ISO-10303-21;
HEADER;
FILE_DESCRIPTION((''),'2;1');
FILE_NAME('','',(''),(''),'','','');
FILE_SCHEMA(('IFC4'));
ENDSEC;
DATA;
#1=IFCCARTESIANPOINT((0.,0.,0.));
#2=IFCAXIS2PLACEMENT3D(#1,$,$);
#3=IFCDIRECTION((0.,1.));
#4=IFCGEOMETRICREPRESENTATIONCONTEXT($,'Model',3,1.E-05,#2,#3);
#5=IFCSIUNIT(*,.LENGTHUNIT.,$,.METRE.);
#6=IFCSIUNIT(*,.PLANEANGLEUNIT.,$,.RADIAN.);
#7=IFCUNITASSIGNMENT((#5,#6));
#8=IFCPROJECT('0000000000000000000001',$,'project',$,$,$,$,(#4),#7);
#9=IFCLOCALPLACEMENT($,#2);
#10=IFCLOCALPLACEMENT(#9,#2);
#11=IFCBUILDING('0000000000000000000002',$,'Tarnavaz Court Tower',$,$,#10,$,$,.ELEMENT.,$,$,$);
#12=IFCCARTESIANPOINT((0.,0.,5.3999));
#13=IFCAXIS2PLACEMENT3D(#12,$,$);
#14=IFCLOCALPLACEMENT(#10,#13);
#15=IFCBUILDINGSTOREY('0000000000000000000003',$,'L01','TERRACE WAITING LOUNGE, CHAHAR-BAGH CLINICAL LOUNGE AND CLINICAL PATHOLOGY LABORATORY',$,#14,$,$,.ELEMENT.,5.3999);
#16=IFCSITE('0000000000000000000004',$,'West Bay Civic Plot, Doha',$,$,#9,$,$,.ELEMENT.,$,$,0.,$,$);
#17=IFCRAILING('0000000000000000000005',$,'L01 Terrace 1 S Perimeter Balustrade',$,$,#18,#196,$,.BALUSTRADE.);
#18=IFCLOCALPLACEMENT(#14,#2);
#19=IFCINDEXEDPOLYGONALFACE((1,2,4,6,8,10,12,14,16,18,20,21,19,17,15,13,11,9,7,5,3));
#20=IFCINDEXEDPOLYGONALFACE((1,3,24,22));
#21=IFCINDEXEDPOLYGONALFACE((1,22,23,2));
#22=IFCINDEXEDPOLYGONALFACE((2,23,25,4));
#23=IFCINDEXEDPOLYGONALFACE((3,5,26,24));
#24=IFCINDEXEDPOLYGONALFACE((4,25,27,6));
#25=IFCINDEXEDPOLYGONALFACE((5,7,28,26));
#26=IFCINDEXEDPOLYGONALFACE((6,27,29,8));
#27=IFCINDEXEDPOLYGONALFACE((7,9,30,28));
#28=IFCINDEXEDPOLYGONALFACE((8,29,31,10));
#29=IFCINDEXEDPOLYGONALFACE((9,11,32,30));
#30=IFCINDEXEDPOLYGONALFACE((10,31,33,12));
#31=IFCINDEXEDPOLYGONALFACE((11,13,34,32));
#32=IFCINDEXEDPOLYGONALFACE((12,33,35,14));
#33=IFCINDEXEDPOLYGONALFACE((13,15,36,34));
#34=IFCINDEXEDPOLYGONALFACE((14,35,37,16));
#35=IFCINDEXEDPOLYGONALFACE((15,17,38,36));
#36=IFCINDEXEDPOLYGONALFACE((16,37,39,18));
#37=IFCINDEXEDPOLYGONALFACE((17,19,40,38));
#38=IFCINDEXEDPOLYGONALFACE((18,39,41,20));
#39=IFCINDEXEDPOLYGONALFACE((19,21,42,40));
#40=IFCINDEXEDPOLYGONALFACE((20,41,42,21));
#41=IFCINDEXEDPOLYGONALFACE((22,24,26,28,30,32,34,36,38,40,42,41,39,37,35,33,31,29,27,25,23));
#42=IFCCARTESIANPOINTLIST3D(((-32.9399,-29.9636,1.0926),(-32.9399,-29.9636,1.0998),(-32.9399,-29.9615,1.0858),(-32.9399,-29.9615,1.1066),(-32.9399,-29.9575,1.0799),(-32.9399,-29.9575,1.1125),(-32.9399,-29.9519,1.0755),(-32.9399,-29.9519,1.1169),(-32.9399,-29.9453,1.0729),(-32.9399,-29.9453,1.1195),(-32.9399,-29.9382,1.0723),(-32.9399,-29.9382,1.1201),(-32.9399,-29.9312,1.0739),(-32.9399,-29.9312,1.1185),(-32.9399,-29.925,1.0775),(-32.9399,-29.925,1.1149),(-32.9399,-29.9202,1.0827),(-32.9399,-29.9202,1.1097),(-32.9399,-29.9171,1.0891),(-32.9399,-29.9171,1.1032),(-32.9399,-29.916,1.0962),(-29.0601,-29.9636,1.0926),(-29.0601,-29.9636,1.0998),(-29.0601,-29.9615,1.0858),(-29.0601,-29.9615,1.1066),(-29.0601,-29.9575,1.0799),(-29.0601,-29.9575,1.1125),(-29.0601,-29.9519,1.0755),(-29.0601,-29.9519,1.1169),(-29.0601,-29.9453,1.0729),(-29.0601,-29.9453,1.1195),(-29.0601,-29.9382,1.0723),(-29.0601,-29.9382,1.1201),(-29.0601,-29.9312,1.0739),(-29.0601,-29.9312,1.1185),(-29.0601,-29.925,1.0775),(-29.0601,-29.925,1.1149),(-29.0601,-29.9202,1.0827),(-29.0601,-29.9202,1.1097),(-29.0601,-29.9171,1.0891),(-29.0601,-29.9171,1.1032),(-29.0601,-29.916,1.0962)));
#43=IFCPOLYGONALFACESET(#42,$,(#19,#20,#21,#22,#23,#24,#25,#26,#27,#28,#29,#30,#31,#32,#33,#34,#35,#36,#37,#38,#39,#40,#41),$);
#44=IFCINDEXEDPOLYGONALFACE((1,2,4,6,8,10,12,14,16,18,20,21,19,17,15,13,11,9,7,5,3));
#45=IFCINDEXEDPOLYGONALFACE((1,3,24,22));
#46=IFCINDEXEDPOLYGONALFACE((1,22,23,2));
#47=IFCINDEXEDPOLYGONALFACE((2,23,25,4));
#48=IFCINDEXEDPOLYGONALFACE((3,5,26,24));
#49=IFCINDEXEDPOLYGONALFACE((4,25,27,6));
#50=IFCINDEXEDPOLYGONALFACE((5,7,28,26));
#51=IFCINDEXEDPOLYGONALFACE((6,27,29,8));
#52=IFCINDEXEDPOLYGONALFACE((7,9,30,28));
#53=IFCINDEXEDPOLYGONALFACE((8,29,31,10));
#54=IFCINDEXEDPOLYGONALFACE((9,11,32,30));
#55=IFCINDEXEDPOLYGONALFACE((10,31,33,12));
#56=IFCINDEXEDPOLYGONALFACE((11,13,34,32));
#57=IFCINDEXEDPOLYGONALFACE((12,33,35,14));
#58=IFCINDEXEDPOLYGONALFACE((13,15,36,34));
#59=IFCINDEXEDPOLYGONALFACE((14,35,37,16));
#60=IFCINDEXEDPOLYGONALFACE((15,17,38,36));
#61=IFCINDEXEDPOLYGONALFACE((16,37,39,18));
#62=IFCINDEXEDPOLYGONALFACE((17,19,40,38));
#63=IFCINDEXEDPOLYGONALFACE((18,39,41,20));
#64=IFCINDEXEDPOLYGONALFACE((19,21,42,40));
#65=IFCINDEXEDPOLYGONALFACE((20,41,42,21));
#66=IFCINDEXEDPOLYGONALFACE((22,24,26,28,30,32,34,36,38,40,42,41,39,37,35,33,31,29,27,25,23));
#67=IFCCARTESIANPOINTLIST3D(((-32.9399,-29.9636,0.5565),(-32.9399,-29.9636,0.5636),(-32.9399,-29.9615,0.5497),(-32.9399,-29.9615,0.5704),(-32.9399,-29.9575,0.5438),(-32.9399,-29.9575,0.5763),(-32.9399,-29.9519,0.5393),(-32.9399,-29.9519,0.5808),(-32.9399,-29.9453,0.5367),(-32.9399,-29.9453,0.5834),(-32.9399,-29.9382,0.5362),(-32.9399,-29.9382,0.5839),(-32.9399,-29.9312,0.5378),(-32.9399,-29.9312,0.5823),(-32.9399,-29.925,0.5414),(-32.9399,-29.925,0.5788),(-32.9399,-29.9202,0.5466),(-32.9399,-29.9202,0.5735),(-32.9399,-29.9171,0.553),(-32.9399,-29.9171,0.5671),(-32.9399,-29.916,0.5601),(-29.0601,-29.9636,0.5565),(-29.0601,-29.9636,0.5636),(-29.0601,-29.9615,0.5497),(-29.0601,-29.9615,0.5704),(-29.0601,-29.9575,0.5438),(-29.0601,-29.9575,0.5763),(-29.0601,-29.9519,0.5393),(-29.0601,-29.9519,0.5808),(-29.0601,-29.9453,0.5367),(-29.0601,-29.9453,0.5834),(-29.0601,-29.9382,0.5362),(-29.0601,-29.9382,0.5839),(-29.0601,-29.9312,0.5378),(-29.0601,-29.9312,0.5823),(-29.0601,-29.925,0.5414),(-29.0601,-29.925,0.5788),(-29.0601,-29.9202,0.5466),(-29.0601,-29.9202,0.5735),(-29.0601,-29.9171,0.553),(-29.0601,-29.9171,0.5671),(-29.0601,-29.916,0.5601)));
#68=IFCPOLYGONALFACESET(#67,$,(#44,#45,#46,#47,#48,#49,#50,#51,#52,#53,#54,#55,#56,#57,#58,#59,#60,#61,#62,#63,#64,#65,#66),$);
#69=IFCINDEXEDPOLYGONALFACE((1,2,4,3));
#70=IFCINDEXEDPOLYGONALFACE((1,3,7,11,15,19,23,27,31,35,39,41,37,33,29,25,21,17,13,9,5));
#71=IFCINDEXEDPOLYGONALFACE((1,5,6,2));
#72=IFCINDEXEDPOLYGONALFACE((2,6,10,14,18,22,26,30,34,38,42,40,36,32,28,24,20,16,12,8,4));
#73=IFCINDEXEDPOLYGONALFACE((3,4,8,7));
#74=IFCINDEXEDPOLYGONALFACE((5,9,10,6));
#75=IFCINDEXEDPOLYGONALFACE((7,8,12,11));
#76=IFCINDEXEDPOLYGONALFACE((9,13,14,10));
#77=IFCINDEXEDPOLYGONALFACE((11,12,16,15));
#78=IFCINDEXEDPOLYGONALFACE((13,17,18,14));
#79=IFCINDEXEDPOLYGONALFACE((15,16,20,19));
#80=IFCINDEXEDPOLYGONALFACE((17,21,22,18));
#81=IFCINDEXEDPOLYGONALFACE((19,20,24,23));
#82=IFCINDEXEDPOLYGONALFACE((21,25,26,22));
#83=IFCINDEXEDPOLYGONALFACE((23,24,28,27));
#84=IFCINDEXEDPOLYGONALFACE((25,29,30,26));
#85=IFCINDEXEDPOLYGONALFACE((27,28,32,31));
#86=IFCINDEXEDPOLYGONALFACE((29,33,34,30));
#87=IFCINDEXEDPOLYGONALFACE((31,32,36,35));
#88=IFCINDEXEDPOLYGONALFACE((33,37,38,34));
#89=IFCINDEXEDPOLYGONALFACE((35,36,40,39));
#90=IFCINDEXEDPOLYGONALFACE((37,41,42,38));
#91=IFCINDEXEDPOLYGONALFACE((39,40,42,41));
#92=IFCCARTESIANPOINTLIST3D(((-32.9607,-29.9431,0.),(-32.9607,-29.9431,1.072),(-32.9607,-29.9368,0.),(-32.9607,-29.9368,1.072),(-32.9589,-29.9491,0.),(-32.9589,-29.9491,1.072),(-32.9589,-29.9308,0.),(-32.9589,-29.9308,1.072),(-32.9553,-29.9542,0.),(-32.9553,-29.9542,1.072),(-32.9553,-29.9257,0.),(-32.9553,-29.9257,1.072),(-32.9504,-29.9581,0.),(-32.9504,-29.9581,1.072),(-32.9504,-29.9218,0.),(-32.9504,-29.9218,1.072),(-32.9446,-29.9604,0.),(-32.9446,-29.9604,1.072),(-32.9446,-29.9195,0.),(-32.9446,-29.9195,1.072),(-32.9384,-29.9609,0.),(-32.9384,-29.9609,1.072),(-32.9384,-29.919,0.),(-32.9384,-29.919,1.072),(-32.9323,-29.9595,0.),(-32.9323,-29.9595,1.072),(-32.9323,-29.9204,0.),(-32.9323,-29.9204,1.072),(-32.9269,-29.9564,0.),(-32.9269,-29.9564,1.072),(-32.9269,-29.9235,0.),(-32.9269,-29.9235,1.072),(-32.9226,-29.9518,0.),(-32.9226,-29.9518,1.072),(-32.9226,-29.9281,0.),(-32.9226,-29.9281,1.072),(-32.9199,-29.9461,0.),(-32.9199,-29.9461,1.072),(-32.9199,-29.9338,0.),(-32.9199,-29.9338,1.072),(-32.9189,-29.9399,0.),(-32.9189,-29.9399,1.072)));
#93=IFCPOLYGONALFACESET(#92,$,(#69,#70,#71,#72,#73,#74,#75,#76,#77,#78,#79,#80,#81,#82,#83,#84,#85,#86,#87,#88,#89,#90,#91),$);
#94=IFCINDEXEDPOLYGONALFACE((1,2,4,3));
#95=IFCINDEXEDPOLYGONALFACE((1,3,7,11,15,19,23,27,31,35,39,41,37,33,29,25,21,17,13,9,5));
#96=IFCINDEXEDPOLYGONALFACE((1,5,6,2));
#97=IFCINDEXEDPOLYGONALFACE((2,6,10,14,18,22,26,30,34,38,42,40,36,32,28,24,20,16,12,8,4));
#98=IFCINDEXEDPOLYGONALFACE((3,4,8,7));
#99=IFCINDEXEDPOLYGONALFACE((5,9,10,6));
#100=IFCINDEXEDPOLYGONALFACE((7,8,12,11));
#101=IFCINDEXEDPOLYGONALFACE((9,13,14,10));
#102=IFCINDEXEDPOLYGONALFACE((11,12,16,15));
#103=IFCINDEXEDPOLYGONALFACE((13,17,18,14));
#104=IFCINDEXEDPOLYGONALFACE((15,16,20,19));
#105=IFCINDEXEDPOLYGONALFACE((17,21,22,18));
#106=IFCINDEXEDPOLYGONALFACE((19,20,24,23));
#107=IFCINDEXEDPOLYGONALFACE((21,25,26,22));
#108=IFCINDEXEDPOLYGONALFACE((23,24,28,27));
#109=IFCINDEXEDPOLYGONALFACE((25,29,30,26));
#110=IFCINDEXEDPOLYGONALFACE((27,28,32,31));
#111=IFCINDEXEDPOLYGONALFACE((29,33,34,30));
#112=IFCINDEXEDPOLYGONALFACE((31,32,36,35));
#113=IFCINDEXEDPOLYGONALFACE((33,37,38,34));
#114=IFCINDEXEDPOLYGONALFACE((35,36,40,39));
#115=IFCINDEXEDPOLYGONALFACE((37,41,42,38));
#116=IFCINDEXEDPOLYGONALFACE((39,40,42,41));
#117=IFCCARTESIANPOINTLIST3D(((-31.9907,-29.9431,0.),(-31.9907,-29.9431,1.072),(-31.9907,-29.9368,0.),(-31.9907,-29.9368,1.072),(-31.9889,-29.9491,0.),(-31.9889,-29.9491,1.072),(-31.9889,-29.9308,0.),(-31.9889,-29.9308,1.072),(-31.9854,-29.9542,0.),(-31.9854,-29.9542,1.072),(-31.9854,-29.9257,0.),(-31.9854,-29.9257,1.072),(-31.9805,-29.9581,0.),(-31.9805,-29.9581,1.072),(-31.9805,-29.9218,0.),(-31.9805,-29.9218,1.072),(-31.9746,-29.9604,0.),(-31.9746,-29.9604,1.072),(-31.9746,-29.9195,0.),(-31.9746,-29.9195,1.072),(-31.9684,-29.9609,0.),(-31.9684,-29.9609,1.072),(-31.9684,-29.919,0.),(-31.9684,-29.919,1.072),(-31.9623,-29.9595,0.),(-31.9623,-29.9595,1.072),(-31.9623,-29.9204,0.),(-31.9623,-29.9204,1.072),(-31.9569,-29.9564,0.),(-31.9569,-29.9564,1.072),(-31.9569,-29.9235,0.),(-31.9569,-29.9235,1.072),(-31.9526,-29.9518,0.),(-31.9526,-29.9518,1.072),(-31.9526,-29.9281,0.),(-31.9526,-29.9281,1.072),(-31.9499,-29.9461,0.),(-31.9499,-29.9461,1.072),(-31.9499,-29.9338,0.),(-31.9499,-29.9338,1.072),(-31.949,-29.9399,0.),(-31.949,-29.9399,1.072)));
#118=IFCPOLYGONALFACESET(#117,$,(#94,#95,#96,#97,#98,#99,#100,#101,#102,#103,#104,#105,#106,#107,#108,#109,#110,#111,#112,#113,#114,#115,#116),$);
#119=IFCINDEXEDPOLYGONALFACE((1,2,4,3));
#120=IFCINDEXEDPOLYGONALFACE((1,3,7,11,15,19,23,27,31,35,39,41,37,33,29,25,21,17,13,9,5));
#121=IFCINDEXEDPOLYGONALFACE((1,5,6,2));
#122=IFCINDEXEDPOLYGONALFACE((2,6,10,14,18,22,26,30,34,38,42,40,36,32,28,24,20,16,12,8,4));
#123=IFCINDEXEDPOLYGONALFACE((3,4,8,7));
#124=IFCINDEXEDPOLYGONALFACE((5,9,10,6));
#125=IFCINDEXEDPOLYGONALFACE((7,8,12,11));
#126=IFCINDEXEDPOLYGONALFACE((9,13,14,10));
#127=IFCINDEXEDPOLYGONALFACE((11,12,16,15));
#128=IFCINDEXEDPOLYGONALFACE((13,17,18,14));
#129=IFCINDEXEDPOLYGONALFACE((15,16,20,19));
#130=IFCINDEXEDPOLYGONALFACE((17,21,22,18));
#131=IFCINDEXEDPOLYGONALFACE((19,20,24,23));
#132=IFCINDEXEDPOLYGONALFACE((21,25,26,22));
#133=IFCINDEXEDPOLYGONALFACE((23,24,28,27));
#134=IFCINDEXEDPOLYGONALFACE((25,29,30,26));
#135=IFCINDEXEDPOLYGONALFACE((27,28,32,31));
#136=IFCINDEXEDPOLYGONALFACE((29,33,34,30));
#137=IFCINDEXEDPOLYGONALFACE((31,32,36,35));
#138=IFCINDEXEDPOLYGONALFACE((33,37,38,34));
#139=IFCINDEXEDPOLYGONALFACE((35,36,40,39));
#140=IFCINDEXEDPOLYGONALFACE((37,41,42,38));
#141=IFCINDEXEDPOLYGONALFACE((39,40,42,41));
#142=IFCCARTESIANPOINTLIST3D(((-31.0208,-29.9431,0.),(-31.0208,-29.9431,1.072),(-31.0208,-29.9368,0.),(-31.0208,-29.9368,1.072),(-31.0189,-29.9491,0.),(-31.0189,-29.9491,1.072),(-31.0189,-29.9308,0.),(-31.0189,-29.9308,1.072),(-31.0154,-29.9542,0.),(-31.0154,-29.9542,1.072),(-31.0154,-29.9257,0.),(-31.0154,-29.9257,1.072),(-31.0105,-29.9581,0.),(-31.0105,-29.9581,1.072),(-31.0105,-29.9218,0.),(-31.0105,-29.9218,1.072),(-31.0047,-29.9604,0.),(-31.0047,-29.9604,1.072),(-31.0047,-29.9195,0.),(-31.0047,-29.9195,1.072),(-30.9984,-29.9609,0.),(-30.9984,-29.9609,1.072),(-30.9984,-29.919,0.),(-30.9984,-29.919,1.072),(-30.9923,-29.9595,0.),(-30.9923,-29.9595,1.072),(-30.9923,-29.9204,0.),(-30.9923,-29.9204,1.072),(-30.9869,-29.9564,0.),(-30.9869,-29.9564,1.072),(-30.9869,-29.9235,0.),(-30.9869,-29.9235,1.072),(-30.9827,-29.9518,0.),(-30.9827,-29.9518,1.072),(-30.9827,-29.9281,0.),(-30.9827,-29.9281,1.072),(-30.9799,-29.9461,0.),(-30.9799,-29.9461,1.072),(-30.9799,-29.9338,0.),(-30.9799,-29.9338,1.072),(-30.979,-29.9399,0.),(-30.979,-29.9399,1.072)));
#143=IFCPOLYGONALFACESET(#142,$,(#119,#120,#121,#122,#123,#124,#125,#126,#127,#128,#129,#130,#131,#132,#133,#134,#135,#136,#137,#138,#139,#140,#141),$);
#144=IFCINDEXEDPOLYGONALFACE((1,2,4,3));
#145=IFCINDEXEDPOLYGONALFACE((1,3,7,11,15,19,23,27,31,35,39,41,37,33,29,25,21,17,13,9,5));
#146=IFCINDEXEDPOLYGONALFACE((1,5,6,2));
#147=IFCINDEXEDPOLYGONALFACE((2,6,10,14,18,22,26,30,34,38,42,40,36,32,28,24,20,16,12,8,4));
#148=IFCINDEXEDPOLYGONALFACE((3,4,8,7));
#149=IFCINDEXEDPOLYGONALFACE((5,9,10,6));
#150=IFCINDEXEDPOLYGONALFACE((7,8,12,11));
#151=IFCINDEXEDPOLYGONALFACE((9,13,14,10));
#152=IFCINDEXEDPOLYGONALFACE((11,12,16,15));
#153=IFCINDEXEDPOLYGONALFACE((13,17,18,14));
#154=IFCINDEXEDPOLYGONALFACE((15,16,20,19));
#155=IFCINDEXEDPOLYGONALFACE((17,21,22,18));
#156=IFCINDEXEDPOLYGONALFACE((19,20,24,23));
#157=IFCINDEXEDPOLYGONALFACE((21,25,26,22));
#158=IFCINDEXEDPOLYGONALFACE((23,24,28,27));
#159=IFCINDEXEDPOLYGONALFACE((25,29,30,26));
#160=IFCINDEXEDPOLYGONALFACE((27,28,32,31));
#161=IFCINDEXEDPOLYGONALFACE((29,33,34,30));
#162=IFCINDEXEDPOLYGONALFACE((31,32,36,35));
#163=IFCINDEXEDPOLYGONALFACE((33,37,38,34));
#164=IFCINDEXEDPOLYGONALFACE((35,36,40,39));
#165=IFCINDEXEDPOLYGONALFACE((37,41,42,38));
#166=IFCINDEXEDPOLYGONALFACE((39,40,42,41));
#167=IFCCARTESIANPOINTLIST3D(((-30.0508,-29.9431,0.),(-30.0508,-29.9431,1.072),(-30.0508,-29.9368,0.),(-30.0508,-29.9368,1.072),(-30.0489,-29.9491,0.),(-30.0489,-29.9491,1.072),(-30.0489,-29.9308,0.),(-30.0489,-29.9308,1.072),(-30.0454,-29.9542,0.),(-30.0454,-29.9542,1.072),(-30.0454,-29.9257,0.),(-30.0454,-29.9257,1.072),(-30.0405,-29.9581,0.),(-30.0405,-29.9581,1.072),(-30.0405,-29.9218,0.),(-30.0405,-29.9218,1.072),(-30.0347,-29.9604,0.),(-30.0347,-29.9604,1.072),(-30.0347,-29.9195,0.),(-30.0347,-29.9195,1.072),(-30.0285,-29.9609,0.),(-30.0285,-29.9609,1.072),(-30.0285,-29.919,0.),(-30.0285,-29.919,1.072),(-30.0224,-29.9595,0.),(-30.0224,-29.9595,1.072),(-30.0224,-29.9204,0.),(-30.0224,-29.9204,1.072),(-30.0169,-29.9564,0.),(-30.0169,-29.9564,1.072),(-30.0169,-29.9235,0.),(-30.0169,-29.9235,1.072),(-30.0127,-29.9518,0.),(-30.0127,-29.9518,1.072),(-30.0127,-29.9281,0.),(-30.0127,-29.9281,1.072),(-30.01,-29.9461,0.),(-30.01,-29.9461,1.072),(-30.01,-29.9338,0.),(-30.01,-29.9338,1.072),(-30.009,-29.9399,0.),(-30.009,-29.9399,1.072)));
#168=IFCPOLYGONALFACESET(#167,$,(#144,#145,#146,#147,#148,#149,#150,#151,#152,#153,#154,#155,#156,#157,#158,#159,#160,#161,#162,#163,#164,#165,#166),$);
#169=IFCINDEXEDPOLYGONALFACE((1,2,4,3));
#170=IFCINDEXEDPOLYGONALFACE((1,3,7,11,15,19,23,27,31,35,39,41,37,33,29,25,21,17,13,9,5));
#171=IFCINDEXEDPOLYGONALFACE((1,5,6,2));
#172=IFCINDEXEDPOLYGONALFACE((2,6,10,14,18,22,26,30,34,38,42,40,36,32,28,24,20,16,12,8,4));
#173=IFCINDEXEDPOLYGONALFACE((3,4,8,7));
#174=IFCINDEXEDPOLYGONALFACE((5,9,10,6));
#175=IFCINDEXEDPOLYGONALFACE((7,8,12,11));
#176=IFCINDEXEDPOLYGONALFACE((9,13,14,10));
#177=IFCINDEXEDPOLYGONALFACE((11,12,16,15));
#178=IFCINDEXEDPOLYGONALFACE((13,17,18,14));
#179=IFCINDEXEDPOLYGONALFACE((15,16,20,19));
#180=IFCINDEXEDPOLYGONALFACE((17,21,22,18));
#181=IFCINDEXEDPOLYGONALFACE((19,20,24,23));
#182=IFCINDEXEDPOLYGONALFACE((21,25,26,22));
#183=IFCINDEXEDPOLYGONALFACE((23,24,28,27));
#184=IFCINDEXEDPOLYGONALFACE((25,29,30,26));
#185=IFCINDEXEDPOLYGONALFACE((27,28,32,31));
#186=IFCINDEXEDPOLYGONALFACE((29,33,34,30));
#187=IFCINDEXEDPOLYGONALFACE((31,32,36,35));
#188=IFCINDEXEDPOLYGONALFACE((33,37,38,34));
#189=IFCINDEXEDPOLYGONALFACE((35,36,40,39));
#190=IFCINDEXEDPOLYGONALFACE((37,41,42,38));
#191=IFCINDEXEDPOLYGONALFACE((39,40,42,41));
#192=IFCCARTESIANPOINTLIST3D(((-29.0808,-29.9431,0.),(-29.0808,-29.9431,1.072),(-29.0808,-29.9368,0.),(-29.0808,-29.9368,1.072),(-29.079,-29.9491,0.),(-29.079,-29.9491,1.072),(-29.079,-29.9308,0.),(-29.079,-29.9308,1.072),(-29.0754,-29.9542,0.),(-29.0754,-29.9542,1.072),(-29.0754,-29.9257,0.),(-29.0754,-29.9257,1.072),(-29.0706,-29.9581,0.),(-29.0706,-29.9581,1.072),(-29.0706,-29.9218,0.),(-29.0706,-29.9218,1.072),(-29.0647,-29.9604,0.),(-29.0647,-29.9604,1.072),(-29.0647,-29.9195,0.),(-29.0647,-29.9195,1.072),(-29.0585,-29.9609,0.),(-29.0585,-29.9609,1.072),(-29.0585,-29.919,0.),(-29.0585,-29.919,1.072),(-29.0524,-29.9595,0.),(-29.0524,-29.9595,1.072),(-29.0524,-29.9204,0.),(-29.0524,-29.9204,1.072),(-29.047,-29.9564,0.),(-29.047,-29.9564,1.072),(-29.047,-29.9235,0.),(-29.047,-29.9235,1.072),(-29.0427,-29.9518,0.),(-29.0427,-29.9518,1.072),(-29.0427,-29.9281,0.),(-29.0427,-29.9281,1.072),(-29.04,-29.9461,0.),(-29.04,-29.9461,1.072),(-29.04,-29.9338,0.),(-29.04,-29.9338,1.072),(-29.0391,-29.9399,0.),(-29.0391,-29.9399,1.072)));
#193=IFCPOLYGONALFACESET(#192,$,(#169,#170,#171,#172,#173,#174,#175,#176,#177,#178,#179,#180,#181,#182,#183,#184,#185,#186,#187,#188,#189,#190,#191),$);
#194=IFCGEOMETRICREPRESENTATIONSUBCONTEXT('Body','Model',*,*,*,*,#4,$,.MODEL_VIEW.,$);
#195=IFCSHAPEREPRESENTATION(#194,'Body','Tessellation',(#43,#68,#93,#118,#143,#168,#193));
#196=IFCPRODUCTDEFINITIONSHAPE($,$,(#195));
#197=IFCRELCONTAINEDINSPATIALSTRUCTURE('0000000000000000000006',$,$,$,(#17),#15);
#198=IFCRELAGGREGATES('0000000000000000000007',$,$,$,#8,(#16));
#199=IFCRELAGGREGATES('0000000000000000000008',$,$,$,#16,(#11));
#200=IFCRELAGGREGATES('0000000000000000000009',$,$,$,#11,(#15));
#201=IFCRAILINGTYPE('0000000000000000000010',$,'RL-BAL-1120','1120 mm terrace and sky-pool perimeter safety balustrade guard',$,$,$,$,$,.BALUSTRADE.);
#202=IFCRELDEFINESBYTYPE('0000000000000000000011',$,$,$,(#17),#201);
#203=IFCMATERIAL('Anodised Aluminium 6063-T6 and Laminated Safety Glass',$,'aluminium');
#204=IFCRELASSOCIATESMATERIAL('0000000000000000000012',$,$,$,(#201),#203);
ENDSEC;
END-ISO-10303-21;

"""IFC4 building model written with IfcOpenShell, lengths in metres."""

from ifc_helpers import new_model, si_unit, direction, frame, origin, origin_2d, place, context, subcontext, project, spatial, circle, extrude, material, type_object, element, save


model = new_model("IFC4")

# Units and contexts
model_context = context("Model", 3, precision=1e-05, world=origin(), true_north=direction((0.0, 1.0)))
body_context = subcontext(model_context, "Body", "Model", "MODEL_VIEW")
ifc_project = project(units=[si_unit("LENGTHUNIT", "METRE"), si_unit("PLANEANGLEUNIT", "RADIAN")], contexts=[model_context])

# Site, building, storey
site_placement = place(None, origin())
site = spatial("IfcSite", under=ifc_project, at=site_placement, Name="West Bay Civic Plot, Doha", CompositionType="ELEMENT", RefElevation=0.0)
building_placement = place(site_placement, origin())
building = spatial("IfcBuilding", under=site, at=building_placement, Name="Tarnavaz Court Tower", CompositionType="ELEMENT")
storey_placement = place(building_placement, frame((0.0, 0.0, 5.3999)))
storey = spatial("IfcBuildingStorey", under=building, at=storey_placement, Name="L01", Description="TERRACE WAITING LOUNGE, CHAHAR-BAGH CLINICAL LOUNGE AND CLINICAL PATHOLOGY LABORATORY", CompositionType="ELEMENT", Elevation=5.3999)

# Railing
ifc_material_1 = material(Name="Anodised Aluminium 6063-T6 and Laminated Safety Glass", Category="aluminium")
railing_type = type_object("IfcRailingType", Name="RL-BAL-1120", Description="1120 mm terrace and sky-pool perimeter safety balustrade guard", PredefinedType="BALUSTRADE", material=ifc_material_1)
railing_placement = place(storey_placement, frame((-32.9399, -29.9399, 0.0)))
element("IfcRailing", 1, at=railing_placement, inside=storey, type_object=railing_type, Name="L01 Terrace 1 S Perimeter Balustrade", PredefinedType="BALUSTRADE", context=body_context, shape_type="SweptSolid", body=[
    extrude(circle(Radius=0.0239, at=origin_2d()), frame((0.0, 0.0, 1.0962), z_axis=(1.0, 0.0, 0.0), x_axis=(0.0, 1.0, 0.0)), (0.0, 0.0, 1.0), 3.8799),
    extrude(circle(Radius=0.0239, at=origin_2d()), frame((0.0, 0.0, 0.5601), z_axis=(1.0, 0.0, 0.0), x_axis=(0.0, 1.0, 0.0)), (0.0, 0.0, 1.0), 3.8799),
    extrude(circle(Radius=0.021, at=origin_2d()), origin(), (0.0, 0.0, 1.0), 1.072),
    extrude(circle(Radius=0.021, at=origin_2d()), frame((0.97, 0.0, 0.0)), (0.0, 0.0, 1.0), 1.072),
    extrude(circle(Radius=0.021, at=origin_2d()), frame((1.9399, 0.0, 0.0)), (0.0, 0.0, 1.0), 1.072),
    extrude(circle(Radius=0.021, at=origin_2d()), frame((2.9099, 0.0, 0.0)), (0.0, 0.0, 1.0), 1.072),
    extrude(circle(Radius=0.021, at=origin_2d()), frame((3.8799, 0.0, 0.0)), (0.0, 0.0, 1.0), 1.072),
])

save(model, "model.ifc")
